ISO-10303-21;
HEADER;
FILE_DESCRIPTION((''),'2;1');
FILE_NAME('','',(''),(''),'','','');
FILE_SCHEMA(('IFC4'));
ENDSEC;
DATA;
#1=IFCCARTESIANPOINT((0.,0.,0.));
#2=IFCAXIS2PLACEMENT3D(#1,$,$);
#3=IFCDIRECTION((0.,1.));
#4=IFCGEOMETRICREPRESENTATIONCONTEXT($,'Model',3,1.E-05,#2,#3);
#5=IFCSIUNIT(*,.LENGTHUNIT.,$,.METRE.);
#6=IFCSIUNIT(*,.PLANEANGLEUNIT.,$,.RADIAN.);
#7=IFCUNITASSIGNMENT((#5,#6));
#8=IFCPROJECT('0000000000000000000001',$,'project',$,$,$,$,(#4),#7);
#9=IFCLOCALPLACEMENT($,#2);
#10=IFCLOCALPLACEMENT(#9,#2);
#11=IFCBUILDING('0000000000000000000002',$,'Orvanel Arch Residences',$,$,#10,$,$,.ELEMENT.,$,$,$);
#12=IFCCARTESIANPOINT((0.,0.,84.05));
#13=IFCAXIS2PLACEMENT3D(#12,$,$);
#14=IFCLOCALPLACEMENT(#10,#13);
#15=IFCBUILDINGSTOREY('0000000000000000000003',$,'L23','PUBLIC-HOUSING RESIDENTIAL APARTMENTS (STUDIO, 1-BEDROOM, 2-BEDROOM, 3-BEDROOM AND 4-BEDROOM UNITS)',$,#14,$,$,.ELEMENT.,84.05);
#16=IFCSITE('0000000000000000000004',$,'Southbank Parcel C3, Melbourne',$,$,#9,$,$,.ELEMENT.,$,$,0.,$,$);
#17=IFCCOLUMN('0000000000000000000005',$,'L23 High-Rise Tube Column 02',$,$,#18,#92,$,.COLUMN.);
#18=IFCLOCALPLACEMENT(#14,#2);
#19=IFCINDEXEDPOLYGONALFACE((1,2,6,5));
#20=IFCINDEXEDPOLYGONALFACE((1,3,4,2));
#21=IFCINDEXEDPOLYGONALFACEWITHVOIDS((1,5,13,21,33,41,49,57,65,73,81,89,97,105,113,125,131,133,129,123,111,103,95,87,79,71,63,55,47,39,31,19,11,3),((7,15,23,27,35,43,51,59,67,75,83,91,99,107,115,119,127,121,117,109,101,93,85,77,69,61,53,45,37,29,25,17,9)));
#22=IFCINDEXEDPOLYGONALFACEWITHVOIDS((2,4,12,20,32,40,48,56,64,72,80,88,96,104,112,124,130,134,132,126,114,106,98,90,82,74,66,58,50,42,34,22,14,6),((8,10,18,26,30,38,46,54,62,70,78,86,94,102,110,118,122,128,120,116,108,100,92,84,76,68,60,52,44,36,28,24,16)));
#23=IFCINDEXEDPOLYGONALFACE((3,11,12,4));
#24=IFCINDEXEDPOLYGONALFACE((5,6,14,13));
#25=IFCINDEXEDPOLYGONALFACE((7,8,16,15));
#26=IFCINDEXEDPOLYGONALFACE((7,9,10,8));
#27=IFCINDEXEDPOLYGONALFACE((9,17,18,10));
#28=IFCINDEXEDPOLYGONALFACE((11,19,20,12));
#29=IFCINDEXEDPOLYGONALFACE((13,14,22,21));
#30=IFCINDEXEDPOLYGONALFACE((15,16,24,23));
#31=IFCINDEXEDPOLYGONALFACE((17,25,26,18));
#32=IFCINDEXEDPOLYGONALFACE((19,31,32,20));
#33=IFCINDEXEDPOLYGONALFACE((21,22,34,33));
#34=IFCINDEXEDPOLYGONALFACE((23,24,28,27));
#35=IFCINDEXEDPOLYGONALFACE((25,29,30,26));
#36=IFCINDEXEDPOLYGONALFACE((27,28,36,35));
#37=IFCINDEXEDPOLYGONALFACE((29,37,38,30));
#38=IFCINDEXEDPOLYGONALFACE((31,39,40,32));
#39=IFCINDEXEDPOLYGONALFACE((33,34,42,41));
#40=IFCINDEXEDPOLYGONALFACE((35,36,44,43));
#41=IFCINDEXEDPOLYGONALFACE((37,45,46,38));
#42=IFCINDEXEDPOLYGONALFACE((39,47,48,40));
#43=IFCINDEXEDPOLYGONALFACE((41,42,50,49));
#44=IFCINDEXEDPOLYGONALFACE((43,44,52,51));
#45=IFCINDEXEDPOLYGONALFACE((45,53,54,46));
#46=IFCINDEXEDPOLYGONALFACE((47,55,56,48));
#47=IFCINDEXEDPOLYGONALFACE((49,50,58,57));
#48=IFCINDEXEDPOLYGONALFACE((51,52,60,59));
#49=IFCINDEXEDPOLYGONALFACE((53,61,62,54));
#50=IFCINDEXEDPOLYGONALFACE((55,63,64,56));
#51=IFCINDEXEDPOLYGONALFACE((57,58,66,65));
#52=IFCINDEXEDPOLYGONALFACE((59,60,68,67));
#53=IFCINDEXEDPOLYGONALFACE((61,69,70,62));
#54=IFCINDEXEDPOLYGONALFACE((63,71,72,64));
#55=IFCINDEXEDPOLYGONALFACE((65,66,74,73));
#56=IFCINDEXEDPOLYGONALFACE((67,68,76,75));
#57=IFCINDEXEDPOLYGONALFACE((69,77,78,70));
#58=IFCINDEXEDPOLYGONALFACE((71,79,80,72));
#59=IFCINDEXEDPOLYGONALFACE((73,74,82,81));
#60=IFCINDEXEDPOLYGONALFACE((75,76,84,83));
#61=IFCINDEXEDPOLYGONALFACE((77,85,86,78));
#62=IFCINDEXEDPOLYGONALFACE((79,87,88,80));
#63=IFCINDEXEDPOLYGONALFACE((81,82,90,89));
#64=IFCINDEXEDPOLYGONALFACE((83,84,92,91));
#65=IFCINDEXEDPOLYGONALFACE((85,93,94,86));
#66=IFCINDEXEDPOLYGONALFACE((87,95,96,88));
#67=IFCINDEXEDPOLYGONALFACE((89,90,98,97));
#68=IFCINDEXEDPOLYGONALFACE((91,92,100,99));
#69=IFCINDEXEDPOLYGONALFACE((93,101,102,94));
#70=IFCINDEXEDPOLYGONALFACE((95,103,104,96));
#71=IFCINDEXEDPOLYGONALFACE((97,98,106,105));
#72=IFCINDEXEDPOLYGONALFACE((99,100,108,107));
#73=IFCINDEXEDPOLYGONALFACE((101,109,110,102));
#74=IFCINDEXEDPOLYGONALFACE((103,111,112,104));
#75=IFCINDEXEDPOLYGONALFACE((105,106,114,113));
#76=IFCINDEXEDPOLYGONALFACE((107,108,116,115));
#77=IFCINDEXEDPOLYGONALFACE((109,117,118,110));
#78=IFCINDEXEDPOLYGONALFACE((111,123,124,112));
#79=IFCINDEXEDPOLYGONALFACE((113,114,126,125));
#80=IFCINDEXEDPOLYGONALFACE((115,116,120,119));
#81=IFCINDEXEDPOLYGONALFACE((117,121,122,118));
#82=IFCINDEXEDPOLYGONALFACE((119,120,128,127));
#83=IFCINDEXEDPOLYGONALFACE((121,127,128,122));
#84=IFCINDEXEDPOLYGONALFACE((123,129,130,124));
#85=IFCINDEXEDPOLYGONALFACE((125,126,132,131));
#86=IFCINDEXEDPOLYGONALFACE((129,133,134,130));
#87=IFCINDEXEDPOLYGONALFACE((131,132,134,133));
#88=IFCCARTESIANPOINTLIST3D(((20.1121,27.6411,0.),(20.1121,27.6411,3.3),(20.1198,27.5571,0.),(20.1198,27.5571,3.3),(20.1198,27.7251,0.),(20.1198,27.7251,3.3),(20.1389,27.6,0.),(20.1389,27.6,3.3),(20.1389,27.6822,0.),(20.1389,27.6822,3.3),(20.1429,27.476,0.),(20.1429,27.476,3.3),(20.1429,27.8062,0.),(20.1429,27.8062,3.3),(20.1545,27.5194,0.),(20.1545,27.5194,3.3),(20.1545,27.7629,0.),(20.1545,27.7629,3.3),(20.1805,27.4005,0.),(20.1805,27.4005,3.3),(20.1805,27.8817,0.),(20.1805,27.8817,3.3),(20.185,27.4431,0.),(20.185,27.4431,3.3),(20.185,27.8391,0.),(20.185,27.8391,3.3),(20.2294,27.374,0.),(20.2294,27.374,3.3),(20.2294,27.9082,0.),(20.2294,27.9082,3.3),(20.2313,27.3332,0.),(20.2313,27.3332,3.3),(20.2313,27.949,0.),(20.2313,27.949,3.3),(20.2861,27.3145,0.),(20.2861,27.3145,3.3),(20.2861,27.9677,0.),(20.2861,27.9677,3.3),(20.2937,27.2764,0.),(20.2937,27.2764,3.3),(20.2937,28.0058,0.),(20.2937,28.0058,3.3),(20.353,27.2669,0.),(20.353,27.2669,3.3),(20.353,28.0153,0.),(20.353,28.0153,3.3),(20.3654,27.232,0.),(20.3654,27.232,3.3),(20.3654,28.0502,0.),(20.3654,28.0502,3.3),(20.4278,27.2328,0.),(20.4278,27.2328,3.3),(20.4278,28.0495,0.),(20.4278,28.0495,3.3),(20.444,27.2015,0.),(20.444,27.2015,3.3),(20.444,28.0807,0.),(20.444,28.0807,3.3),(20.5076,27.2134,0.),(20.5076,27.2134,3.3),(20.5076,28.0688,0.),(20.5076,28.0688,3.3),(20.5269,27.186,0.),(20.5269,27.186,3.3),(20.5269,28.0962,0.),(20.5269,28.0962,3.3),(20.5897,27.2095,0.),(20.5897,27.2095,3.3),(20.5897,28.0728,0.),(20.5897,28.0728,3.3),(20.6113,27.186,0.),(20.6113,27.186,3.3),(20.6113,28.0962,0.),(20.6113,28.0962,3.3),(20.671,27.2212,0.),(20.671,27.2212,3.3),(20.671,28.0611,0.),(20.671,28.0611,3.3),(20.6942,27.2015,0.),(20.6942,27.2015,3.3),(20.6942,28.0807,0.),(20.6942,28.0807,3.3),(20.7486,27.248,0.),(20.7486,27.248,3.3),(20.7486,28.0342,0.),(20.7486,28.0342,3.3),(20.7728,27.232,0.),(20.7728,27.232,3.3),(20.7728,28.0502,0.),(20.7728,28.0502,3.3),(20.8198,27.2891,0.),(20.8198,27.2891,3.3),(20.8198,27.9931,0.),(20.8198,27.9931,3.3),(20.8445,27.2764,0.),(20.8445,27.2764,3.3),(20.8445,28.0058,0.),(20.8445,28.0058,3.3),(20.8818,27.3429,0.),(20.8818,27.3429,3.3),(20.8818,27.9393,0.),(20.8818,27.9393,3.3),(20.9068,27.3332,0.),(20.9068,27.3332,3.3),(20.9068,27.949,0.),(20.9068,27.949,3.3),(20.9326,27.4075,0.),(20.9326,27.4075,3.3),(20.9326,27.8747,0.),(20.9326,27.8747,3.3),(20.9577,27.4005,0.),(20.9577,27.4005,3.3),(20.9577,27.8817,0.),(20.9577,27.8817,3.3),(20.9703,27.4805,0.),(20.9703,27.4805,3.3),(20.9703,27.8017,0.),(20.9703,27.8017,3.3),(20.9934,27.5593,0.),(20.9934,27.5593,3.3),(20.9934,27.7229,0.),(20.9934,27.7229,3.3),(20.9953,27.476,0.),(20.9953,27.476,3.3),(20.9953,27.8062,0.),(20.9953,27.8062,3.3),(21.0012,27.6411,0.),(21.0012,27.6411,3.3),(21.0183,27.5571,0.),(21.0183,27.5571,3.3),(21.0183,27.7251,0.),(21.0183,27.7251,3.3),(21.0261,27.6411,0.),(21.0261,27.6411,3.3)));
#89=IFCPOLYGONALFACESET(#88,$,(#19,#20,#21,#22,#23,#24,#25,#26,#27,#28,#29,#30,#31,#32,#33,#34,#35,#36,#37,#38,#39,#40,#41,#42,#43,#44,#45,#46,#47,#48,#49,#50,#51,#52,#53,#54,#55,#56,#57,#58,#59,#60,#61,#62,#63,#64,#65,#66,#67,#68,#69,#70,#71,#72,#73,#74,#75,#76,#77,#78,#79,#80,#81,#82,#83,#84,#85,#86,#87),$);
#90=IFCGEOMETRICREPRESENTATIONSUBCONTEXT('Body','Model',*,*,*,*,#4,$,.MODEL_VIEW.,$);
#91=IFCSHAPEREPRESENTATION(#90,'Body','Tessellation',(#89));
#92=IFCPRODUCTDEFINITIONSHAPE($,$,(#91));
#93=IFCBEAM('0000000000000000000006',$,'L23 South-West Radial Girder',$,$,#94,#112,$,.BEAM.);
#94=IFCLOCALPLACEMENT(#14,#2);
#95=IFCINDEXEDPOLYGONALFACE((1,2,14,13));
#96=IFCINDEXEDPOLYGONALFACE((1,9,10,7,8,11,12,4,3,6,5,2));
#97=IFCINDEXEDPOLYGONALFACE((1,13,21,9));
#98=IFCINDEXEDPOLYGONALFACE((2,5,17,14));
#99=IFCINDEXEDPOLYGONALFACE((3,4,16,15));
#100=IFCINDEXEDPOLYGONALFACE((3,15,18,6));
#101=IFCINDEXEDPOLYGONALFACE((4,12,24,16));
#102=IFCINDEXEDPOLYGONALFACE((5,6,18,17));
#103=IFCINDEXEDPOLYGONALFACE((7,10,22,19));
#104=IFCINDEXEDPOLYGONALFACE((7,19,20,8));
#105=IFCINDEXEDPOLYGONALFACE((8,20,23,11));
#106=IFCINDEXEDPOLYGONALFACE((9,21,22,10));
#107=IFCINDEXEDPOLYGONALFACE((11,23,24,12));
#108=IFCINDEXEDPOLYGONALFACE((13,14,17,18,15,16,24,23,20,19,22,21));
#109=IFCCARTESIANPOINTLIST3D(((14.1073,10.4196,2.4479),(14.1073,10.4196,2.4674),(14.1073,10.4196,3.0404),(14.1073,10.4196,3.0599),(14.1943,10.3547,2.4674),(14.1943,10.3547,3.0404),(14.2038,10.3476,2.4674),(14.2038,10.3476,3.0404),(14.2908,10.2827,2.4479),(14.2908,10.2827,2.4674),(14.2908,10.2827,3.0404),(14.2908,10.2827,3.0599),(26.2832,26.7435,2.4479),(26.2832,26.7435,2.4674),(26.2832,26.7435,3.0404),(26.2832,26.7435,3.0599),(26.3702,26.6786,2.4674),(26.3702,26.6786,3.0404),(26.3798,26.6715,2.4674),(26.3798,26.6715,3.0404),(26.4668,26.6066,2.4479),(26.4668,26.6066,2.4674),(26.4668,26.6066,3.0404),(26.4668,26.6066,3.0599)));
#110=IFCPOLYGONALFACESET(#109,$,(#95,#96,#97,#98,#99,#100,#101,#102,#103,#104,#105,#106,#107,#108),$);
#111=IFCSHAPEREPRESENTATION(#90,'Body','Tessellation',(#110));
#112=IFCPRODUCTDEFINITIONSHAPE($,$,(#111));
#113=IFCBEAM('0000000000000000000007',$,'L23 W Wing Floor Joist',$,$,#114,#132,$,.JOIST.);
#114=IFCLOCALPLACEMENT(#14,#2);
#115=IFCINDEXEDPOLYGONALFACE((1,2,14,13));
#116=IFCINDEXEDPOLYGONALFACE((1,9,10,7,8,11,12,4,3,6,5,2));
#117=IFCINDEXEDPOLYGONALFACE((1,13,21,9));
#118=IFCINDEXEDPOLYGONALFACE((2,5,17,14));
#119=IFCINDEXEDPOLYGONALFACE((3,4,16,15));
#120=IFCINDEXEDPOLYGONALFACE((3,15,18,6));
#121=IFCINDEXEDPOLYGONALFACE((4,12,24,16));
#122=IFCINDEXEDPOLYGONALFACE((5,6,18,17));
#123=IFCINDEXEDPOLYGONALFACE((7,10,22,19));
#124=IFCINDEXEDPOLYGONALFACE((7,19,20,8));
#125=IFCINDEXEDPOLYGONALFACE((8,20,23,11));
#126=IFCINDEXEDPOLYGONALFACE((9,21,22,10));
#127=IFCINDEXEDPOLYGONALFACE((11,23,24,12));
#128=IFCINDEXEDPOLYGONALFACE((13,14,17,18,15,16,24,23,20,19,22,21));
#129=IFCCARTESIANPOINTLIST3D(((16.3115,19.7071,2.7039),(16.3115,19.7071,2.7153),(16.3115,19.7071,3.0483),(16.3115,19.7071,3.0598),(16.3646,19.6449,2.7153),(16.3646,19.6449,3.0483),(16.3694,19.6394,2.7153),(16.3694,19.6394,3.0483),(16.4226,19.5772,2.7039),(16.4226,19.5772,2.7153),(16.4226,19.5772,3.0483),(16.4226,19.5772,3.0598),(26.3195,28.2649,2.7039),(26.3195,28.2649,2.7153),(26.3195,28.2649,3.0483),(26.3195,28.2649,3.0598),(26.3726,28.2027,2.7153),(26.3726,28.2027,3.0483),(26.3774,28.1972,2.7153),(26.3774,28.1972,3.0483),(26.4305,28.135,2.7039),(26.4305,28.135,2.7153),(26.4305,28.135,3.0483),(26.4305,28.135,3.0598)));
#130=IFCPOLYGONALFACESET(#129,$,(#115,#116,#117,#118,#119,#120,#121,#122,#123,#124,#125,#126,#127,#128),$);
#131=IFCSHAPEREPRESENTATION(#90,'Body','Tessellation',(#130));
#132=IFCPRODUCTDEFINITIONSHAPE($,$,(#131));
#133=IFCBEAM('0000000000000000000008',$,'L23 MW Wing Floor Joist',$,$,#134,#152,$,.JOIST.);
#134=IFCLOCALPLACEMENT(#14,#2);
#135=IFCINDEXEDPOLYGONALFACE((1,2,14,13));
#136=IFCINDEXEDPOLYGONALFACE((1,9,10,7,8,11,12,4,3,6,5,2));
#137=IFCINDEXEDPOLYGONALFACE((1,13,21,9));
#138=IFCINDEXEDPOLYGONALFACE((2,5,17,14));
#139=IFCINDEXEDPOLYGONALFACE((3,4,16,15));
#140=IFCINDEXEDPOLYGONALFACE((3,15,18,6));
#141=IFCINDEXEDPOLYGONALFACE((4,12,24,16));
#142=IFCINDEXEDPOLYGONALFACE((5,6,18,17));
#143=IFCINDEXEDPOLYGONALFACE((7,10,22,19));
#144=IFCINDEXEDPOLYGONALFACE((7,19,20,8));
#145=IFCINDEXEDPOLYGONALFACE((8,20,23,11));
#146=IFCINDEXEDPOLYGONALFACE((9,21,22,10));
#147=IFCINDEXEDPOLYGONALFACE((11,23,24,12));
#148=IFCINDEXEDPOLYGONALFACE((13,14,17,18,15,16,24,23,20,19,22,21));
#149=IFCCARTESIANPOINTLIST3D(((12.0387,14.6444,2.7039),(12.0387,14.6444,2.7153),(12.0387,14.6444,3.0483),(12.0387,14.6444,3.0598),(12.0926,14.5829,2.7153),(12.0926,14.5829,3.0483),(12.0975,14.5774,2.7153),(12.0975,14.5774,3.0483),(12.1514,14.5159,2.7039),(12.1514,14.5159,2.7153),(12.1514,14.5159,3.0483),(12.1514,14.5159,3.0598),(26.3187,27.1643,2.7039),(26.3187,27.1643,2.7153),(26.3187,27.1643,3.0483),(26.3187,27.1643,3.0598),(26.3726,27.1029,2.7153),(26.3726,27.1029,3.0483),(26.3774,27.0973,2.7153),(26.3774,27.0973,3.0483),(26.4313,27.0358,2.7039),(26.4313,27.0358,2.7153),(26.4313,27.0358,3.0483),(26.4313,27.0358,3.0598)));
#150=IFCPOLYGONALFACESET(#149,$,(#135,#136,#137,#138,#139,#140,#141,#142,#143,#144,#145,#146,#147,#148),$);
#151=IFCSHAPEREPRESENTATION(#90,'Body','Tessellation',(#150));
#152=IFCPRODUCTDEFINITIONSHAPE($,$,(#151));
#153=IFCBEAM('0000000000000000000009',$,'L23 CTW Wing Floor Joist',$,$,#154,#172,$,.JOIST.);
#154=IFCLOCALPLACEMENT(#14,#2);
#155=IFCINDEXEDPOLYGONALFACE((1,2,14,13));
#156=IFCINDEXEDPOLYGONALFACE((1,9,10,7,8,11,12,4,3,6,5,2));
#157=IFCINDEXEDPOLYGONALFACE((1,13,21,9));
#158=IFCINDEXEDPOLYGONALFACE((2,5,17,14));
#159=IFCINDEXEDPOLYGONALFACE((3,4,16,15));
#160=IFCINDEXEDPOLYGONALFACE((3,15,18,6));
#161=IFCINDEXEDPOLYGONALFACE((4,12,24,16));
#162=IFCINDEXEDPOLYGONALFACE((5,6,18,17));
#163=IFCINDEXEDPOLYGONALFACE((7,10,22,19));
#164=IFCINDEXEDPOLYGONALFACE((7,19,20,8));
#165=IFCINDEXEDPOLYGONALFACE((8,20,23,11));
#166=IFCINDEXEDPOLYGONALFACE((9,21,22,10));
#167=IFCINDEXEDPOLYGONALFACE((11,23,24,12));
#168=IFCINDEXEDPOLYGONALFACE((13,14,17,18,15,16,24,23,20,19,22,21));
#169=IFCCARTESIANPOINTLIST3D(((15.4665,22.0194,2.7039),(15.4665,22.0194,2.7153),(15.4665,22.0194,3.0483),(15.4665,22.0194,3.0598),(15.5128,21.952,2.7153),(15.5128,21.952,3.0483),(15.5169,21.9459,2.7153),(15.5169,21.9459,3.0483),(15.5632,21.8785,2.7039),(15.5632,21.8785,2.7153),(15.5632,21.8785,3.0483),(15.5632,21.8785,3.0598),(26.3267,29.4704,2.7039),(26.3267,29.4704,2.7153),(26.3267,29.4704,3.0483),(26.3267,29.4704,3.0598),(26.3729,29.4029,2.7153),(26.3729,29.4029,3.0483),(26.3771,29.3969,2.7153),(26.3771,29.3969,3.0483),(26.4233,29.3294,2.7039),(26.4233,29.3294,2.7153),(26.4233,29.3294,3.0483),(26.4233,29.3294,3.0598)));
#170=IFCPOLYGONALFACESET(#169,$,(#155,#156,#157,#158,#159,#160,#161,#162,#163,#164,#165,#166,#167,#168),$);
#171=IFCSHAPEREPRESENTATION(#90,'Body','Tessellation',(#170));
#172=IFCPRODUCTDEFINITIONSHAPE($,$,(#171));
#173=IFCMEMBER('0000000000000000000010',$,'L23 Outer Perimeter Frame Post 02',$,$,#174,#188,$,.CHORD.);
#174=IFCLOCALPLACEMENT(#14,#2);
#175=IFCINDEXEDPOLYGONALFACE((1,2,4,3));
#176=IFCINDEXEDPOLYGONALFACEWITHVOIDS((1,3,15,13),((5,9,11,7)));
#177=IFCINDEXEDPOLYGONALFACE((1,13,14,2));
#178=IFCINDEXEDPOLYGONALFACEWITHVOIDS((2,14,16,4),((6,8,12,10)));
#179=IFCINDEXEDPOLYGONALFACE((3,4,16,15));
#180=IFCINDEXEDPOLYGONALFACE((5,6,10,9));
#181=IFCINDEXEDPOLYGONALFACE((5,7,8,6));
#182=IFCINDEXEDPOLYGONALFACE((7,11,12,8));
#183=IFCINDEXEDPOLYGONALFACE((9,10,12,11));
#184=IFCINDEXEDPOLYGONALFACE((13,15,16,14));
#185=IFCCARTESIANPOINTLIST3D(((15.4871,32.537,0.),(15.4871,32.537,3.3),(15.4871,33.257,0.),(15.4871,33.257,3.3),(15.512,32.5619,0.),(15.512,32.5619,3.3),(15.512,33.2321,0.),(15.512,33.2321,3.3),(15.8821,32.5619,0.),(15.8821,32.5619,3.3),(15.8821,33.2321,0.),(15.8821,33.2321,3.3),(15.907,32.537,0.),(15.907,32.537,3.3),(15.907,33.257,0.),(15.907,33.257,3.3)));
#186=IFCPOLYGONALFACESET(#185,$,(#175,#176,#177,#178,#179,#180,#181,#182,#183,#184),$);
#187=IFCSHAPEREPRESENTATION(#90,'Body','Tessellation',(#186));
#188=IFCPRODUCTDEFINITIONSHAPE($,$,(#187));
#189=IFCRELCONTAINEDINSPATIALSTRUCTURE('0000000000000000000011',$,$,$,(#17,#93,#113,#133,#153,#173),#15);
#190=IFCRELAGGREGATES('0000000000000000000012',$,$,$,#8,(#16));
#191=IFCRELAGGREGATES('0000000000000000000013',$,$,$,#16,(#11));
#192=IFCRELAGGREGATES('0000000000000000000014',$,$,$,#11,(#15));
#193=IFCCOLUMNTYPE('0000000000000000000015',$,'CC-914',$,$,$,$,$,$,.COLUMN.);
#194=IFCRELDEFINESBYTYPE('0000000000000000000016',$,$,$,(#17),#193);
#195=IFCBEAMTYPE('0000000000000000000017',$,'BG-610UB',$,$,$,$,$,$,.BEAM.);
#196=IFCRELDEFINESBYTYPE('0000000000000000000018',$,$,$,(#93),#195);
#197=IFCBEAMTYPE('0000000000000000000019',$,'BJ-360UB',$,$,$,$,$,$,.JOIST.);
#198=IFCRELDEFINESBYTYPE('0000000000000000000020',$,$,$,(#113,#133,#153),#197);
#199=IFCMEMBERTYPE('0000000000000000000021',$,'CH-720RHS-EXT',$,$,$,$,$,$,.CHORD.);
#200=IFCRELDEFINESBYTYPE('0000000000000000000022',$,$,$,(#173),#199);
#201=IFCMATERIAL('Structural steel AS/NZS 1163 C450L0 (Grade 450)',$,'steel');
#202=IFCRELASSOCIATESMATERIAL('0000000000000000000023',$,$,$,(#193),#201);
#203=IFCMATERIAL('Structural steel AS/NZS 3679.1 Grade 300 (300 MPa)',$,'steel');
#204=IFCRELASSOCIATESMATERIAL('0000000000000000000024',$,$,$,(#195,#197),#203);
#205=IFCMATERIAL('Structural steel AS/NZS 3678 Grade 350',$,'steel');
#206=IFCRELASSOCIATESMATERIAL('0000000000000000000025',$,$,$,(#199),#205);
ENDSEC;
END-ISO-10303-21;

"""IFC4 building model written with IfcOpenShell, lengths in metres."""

from ifc_helpers import new_model, si_unit, direction, frame, origin, origin_2d, place, context, subcontext, project, spatial, hollow_rectangle, hollow_circle, i_section, extrude, material, material_profile, profile_set, type_object, element, save


model = new_model("IFC4")

# Units and contexts
model_context = context("Model", 3, precision=1e-05, world=origin(), true_north=direction((0.0, 1.0)))
body_context = subcontext(model_context, "Body", "Model", "MODEL_VIEW")
ifc_project = project(units=[si_unit("LENGTHUNIT", "METRE"), si_unit("PLANEANGLEUNIT", "RADIAN")], contexts=[model_context])

# Site, building, storey
site_placement = place(None, origin())
site = spatial("IfcSite", under=ifc_project, at=site_placement, Name="Southbank Parcel C3, Melbourne", CompositionType="ELEMENT", RefElevation=0.0)
building_placement = place(site_placement, origin())
building = spatial("IfcBuilding", under=site, at=building_placement, Name="Orvanel Arch Residences", CompositionType="ELEMENT")
storey_placement = place(building_placement, frame((0.0, 0.0, 84.05)))
storey = spatial("IfcBuildingStorey", under=building, at=storey_placement, Name="L23", Description="PUBLIC-HOUSING RESIDENTIAL APARTMENTS (STUDIO, 1-BEDROOM, 2-BEDROOM, 3-BEDROOM AND 4-BEDROOM UNITS)", CompositionType="ELEMENT", Elevation=84.05)

# Column
ifc_material_1 = material(Name="Structural steel AS/NZS 1163 C450L0 (Grade 450)", Category="steel")
ifc_material_profile_1 = material_profile(ifc_material_1, hollow_circle(Radius=0.457, WallThickness=0.0249, at=origin_2d()), Name="CHS914x25")
ifc_profile_set_1 = profile_set([ifc_material_profile_1], Name="Structural steel AS/NZS 1163 C450L0 (Grade 450)")
column_type = type_object("IfcColumnType", Name="CC-914", PredefinedType="COLUMN", material=ifc_profile_set_1)
column_placement = place(storey_placement, frame((20.5691, 27.6411, 0.0), z_axis=(0.0, 0.0, 1.0), x_axis=(1.0, 0.0, 0.0)))
element("IfcColumn", 1, at=column_placement, inside=storey, type_object=column_type, Name="L23 High-Rise Tube Column 02", PredefinedType="COLUMN", context=body_context, shape_type="SweptSolid", body=[
    extrude(hollow_circle(Radius=0.457, WallThickness=0.0249, at=origin_2d()), origin(), (0.0, 0.0, 1.0), 3.3),
])

# Beams
ifc_material_2 = material(Name="Structural steel AS/NZS 3679.1 Grade 300 (300 MPa)", Category="steel")
ifc_material_profile_2 = material_profile(ifc_material_2, i_section(OverallWidth=0.229, OverallDepth=0.6121, WebThickness=0.012, FlangeThickness=0.0195, at=origin_2d()), Name="610UB125")
ifc_profile_set_2 = profile_set([ifc_material_profile_2], Name="Structural steel AS/NZS 3679.1 Grade 300 (300 MPa)")
beam_type_1 = type_object("IfcBeamType", Name="BG-610UB", PredefinedType="BEAM", material=ifc_profile_set_2)
beam_1_placement = place(storey_placement, frame((26.375, 26.675, 2.7539), z_axis=(-0.597894, -0.801575, 0.0), x_axis=(0.801575, -0.597894, 0.0)))
element("IfcBeam", 2, at=beam_1_placement, inside=storey, type_object=beam_type_1, Name="L23 South-West Radial Girder", PredefinedType="BEAM", context=body_context, shape_type="SweptSolid", body=[
    extrude(i_section(OverallWidth=0.229, OverallDepth=0.6121, WebThickness=0.012, FlangeThickness=0.0195, at=origin_2d()), origin(), (0.0, 0.0, 1.0), 20.3647),
])
ifc_material_profile_3 = material_profile(ifc_material_2, i_section(OverallWidth=0.1709, OverallDepth=0.356, WebThickness=0.0073, FlangeThickness=0.0115, at=origin_2d()), Name="360UB50.7")
ifc_profile_set_3 = profile_set([ifc_material_profile_3], Name="Structural steel AS/NZS 3679.1 Grade 300 (300 MPa)")
beam_type_2 = type_object("IfcBeamType", Name="BJ-360UB", PredefinedType="JOIST", material=ifc_profile_set_3)
beam_2_placement = place(storey_placement, frame((26.375, 28.2, 2.8818), z_axis=(-0.760024, -0.649895, 0.0), x_axis=(0.649895, -0.760024, 0.0)))
element("IfcBeam", 3, at=beam_2_placement, inside=storey, type_object=beam_type_2, Name="L23 W Wing Floor Joist", PredefinedType="JOIST", context=body_context, shape_type="SweptSolid", body=[
    extrude(i_section(OverallWidth=0.1709, OverallDepth=0.356, WebThickness=0.0073, FlangeThickness=0.0115, at=origin_2d()), origin(), (0.0, 0.0, 1.0), 13.168),
])
beam_3_placement = place(storey_placement, frame((26.375, 27.1001, 2.8818), z_axis=(-0.751924, -0.65925, 0.0), x_axis=(0.65925, -0.751924, 0.0)))
element("IfcBeam", 4, at=beam_3_placement, inside=storey, type_object=beam_type_2, Name="L23 MW Wing Floor Joist", PredefinedType="JOIST", context=body_context, shape_type="SweptSolid", body=[
    extrude(i_section(OverallWidth=0.1709, OverallDepth=0.356, WebThickness=0.0073, FlangeThickness=0.0115, at=origin_2d()), origin(), (0.0, 0.0, 1.0), 18.9912),
])
beam_4_placement = place(storey_placement, frame((26.375, 29.3999, 2.8818), z_axis=(-0.824587, -0.565735, 0.0), x_axis=(0.565735, -0.824587, 0.0)))
element("IfcBeam", 5, at=beam_4_placement, inside=storey, type_object=beam_type_2, Name="L23 CTW Wing Floor Joist", PredefinedType="JOIST", context=body_context, shape_type="SweptSolid", body=[
    extrude(i_section(OverallWidth=0.1709, OverallDepth=0.356, WebThickness=0.0073, FlangeThickness=0.0115, at=origin_2d()), origin(), (0.0, 0.0, 1.0), 13.1704),
])

# Member
ifc_material_3 = material(Name="Structural steel AS/NZS 3678 Grade 350", Category="steel")
ifc_material_profile_4 = material_profile(ifc_material_3, hollow_rectangle(XDim=0.4199, YDim=0.72, WallThickness=0.0249, at=origin_2d()), Name="RHS720x420x25")
ifc_profile_set_4 = profile_set([ifc_material_profile_4], Name="Structural steel AS/NZS 3678 Grade 350")
member_type_1 = type_object("IfcMemberType", Name="CH-720RHS-EXT", PredefinedType="CHORD", material=ifc_profile_set_4)
member_1_placement = place(storey_placement, frame((15.697, 32.897, 0.0), z_axis=(0.0, 0.0, 1.0), x_axis=(1.0, 0.0, 0.0)))
element("IfcMember", 6, at=member_1_placement, inside=storey, type_object=member_type_1, Name="L23 Outer Perimeter Frame Post 02", PredefinedType="CHORD", context=body_context, shape_type="SweptSolid", body=[
    extrude(hollow_rectangle(XDim=0.4199, YDim=0.72, WallThickness=0.0249, at=origin_2d()), origin(), (0.0, 0.0, 1.0), 3.3),
])

save(model, "model.ifc")
